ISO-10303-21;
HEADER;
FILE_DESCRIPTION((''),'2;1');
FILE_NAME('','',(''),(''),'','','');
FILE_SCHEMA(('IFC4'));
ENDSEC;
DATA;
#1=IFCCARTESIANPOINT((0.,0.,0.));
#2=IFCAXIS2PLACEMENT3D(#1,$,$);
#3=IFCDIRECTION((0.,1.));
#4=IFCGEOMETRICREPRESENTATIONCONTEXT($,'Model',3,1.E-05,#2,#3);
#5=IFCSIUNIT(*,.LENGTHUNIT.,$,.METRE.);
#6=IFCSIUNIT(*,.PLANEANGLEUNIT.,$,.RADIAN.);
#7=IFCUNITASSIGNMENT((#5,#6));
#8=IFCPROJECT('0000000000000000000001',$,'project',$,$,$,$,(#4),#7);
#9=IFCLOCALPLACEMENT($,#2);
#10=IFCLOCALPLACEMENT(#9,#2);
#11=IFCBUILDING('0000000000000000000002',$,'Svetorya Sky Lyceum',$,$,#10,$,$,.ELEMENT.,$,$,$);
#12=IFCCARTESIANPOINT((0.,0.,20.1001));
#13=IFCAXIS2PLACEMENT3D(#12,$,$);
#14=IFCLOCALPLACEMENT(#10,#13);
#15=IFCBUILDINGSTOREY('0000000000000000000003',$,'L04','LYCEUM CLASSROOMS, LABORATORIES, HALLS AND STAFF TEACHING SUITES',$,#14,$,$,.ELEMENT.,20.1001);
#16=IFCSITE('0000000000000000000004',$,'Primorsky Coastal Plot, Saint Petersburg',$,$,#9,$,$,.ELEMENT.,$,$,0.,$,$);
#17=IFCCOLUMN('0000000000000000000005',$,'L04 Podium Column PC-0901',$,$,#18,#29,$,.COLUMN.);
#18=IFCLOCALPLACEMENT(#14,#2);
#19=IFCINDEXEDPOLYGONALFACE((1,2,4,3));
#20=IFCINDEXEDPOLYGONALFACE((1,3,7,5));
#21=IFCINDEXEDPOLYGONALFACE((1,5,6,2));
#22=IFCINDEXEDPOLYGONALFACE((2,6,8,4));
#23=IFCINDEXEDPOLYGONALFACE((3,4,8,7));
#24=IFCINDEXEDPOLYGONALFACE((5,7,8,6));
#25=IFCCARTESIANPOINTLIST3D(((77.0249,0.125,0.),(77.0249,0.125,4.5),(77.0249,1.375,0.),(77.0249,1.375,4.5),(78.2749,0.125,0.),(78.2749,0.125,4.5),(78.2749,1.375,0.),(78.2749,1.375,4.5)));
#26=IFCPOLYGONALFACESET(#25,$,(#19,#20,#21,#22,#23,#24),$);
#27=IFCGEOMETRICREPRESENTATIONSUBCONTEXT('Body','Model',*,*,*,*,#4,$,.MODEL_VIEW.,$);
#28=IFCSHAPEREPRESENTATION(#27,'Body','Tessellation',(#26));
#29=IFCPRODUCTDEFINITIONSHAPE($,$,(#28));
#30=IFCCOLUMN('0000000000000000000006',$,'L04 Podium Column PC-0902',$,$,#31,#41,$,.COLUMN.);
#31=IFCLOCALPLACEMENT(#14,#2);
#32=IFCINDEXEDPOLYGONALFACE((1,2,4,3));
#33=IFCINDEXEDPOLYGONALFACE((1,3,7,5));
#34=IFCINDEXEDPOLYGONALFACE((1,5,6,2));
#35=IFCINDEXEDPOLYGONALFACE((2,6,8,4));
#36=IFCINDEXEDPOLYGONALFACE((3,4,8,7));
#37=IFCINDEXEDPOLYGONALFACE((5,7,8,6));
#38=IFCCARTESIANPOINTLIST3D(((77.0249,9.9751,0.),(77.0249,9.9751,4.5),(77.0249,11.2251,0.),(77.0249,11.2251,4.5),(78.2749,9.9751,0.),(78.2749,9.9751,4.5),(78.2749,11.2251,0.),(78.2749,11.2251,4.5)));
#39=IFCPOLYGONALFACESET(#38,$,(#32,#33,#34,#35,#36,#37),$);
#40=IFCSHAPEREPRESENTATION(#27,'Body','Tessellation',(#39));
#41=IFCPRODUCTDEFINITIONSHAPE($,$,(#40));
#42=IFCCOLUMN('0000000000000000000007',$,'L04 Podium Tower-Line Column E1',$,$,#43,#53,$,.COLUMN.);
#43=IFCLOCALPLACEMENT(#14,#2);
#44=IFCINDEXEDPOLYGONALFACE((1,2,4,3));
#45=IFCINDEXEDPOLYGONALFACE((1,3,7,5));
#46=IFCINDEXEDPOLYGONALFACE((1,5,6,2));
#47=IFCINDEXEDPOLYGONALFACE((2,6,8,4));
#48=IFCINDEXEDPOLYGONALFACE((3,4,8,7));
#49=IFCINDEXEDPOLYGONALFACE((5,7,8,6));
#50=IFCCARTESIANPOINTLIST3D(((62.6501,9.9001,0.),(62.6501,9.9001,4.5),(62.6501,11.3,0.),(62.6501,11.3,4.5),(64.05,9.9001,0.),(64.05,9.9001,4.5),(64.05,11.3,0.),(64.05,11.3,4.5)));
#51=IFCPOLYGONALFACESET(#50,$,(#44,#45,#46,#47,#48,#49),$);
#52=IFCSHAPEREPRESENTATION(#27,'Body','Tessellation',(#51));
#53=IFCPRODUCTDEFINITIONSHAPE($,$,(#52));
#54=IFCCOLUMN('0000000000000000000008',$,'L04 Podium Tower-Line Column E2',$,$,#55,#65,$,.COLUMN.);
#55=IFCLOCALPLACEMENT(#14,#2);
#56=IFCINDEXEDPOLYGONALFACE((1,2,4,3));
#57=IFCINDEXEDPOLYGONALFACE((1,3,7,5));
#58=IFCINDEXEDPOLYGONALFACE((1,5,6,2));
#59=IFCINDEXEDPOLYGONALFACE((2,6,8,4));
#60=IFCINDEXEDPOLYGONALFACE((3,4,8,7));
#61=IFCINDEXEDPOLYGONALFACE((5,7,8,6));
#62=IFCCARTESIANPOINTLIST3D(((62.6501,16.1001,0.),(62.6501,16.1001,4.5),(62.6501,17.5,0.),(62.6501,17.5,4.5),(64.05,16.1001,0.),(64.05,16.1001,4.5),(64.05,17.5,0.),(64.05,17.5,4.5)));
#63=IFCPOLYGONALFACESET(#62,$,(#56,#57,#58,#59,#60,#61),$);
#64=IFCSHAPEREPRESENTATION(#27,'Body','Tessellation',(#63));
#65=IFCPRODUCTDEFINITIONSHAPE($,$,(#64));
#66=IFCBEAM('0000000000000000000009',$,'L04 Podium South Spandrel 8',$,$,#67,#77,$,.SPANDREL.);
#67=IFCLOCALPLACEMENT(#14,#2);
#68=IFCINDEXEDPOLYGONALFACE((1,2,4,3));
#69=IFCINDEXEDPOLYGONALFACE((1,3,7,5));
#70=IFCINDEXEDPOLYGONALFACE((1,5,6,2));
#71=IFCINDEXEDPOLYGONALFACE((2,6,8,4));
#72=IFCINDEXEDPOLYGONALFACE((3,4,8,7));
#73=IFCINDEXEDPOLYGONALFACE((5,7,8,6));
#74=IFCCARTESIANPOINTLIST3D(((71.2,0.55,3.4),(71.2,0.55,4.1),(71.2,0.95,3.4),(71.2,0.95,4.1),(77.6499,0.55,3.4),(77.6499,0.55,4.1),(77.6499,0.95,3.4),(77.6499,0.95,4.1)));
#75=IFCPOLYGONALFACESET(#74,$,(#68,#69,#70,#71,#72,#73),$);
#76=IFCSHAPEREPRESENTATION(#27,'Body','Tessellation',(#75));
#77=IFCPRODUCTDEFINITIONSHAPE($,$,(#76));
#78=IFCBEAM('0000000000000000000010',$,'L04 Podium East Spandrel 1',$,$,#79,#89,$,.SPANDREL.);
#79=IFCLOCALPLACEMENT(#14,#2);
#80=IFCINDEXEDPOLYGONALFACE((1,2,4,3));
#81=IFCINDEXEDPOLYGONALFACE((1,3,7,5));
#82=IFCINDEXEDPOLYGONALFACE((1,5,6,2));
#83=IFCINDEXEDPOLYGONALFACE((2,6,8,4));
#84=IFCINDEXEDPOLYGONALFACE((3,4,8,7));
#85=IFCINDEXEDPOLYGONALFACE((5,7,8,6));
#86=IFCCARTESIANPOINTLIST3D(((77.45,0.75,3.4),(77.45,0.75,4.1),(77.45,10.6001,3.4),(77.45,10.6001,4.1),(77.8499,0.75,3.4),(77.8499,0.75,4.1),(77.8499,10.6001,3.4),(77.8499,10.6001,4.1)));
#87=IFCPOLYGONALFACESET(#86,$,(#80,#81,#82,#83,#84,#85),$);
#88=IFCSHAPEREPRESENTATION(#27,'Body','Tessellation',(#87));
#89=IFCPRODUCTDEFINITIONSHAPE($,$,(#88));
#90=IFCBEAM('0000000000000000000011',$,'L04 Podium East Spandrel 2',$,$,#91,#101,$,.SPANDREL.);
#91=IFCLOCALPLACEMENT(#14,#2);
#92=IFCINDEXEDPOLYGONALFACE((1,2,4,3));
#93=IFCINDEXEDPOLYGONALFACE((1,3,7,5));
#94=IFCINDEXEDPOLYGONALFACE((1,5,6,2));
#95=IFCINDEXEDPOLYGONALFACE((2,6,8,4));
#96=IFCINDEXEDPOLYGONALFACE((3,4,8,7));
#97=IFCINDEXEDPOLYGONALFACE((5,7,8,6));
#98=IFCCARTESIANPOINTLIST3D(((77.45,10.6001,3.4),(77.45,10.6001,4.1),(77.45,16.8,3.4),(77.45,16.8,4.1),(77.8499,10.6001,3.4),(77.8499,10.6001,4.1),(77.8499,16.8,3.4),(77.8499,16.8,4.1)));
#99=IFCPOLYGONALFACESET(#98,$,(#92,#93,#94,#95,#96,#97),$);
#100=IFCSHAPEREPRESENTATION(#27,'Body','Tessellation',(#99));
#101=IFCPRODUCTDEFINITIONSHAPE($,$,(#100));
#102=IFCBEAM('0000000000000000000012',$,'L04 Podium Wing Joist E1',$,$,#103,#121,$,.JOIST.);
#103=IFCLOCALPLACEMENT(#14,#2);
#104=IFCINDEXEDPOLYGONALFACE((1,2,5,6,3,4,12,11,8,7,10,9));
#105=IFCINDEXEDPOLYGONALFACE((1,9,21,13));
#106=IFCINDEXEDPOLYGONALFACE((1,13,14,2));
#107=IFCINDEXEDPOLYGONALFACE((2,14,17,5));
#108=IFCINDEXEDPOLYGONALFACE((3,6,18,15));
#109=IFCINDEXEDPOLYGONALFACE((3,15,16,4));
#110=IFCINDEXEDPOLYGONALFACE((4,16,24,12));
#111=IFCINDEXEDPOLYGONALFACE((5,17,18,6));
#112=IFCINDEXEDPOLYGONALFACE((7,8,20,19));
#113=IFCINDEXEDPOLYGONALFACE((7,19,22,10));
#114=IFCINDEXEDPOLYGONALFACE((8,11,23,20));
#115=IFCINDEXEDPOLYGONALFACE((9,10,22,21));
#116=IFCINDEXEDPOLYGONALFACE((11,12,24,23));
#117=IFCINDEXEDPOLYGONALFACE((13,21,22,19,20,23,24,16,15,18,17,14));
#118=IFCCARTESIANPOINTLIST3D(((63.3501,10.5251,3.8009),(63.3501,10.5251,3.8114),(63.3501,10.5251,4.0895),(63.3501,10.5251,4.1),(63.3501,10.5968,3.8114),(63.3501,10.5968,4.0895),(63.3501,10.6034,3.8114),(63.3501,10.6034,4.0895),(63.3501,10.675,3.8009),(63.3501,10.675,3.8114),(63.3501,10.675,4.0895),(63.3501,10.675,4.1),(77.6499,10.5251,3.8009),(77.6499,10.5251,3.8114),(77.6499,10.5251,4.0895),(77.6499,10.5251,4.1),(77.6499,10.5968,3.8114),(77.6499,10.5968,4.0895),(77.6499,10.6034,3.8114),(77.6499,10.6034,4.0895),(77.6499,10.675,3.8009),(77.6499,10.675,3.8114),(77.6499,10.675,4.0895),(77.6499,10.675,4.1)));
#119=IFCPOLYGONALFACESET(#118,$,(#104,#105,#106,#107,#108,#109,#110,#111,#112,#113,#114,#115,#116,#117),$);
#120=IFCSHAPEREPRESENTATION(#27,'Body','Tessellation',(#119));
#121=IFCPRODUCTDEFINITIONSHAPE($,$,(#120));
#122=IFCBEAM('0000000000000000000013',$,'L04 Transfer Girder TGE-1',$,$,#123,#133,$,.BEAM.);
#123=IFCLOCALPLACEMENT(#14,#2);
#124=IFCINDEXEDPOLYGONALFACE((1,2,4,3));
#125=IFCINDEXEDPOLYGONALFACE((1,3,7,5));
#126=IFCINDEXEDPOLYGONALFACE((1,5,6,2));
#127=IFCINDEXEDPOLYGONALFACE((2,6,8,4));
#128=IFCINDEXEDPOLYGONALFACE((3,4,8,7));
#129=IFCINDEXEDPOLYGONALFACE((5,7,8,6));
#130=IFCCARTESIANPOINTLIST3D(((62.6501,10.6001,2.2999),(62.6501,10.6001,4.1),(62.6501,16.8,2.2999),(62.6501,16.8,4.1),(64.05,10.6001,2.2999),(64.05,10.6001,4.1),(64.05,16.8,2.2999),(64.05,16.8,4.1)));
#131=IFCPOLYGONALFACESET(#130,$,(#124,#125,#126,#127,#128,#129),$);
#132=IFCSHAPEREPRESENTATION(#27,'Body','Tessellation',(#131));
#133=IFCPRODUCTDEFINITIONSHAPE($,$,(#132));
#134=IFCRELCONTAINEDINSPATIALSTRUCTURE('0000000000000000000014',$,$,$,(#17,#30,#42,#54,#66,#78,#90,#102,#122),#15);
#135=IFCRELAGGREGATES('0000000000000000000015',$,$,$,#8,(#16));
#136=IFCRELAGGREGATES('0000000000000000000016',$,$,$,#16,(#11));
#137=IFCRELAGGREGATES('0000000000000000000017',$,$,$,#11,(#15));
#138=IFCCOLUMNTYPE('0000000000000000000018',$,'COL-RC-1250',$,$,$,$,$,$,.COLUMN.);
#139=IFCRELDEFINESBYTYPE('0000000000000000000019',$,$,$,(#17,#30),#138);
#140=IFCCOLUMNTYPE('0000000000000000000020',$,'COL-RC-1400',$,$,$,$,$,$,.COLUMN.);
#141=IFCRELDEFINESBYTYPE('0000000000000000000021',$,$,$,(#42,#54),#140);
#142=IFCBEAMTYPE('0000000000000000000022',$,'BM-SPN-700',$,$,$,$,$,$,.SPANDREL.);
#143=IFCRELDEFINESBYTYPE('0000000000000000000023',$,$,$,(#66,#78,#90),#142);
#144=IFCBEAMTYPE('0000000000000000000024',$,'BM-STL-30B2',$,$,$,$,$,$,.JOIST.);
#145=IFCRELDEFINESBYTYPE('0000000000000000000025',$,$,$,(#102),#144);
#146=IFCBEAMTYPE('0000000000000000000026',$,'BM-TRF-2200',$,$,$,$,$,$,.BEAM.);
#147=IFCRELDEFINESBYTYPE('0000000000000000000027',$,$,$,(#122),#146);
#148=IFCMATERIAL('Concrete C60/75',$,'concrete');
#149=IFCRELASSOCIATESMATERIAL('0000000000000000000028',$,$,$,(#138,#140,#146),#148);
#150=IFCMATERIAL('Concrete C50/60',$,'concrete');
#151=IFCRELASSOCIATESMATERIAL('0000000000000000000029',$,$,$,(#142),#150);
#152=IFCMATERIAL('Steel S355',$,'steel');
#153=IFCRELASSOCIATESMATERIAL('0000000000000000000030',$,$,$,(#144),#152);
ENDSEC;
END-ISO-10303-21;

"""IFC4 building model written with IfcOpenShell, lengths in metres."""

from ifc_helpers import new_model, si_unit, direction, frame, origin, origin_2d, place, context, subcontext, project, spatial, rectangle, i_section, extrude, material, material_profile, profile_set, type_object, element, save


model = new_model("IFC4")

# Units and contexts
model_context = context("Model", 3, precision=1e-05, world=origin(), true_north=direction((0.0, 1.0)))
body_context = subcontext(model_context, "Body", "Model", "MODEL_VIEW")
ifc_project = project(units=[si_unit("LENGTHUNIT", "METRE"), si_unit("PLANEANGLEUNIT", "RADIAN")], contexts=[model_context])

# Site, building, storey
site_placement = place(None, origin())
site = spatial("IfcSite", under=ifc_project, at=site_placement, Name="Primorsky Coastal Plot, Saint Petersburg", CompositionType="ELEMENT", RefElevation=0.0)
building_placement = place(site_placement, origin())
building = spatial("IfcBuilding", under=site, at=building_placement, Name="Svetorya Sky Lyceum", CompositionType="ELEMENT")
storey_placement = place(building_placement, frame((0.0, 0.0, 20.1001)))
storey = spatial("IfcBuildingStorey", under=building, at=storey_placement, Name="L04", Description="LYCEUM CLASSROOMS, LABORATORIES, HALLS AND STAFF TEACHING SUITES", CompositionType="ELEMENT", Elevation=20.1001)

# Columns
ifc_material_1 = material(Name="Concrete C60/75", Category="concrete")
ifc_material_profile_1 = material_profile(ifc_material_1, rectangle(XDim=1.25, YDim=1.25, at=origin_2d()), Name="RC COL 1250x1250")
ifc_profile_set_1 = profile_set([ifc_material_profile_1], Name="Concrete C60/75")
column_type_1 = type_object("IfcColumnType", Name="COL-RC-1250", PredefinedType="COLUMN", material=ifc_profile_set_1)
for number, where, z_axis, x_axis, name in (
    (1, (77.6499, 0.75, 0.0), (0.0, 0.0, 1.0), (1.0, 0.0, 0.0), "L04 Podium Column PC-0901"),
    (2, (77.6499, 10.6001, 0.0), (0.0, 0.0, 1.0), (1.0, 0.0, 0.0), "L04 Podium Column PC-0902"),
):
    element("IfcColumn", number, at=place(storey_placement, frame(where, z_axis=z_axis, x_axis=x_axis)), inside=storey, type_object=column_type_1, Name=name, PredefinedType="COLUMN", context=body_context, shape_type="SweptSolid", body=[
        extrude(rectangle(XDim=1.25, YDim=1.25, at=origin_2d()), origin(), (0.0, 0.0, 1.0), 4.5),
    ])
ifc_material_profile_2 = material_profile(ifc_material_1, rectangle(XDim=1.3999, YDim=1.3999, at=origin_2d()), Name="RC COL 1400x1400")
ifc_profile_set_2 = profile_set([ifc_material_profile_2], Name="Concrete C60/75")
column_type_2 = type_object("IfcColumnType", Name="COL-RC-1400", PredefinedType="COLUMN", material=ifc_profile_set_2)
for number, where, z_axis, x_axis, name in (
    (3, (63.3501, 10.6001, 0.0), (0.0, 0.0, 1.0), (1.0, 0.0, 0.0), "L04 Podium Tower-Line Column E1"),
    (4, (63.3501, 16.8, 0.0), (0.0, 0.0, 1.0), (1.0, 0.0, 0.0), "L04 Podium Tower-Line Column E2"),
):
    element("IfcColumn", number, at=place(storey_placement, frame(where, z_axis=z_axis, x_axis=x_axis)), inside=storey, type_object=column_type_2, Name=name, PredefinedType="COLUMN", context=body_context, shape_type="SweptSolid", body=[
        extrude(rectangle(XDim=1.3999, YDim=1.3999, at=origin_2d()), origin(), (0.0, 0.0, 1.0), 4.5),
    ])

# Beams
ifc_material_2 = material(Name="Concrete C50/60", Category="concrete")
ifc_material_profile_3 = material_profile(ifc_material_2, rectangle(XDim=0.3999, YDim=0.7, at=origin_2d()), Name="RC SPANDREL 400x700")
ifc_profile_set_3 = profile_set([ifc_material_profile_3], Name="Concrete C50/60")
beam_type_1 = type_object("IfcBeamType", Name="BM-SPN-700", PredefinedType="SPANDREL", material=ifc_profile_set_3)
beam_1_placement = place(storey_placement, frame((71.2, 0.75, 3.75), z_axis=(1.0, 0.0, 0.0), x_axis=(0.0, 1.0, 0.0)))
element("IfcBeam", 5, at=beam_1_placement, inside=storey, type_object=beam_type_1, Name="L04 Podium South Spandrel 8", PredefinedType="SPANDREL", context=body_context, shape_type="SweptSolid", body=[
    extrude(rectangle(XDim=0.3999, YDim=0.7, at=origin_2d()), origin(), (0.0, 0.0, 1.0), 6.45),
])
beam_2_placement = place(storey_placement, frame((77.6499, 0.75, 3.75), z_axis=(0.0, 1.0, 0.0), x_axis=(-1.0, 0.0, 0.0)))
element("IfcBeam", 6, at=beam_2_placement, inside=storey, type_object=beam_type_1, Name="L04 Podium East Spandrel 1", PredefinedType="SPANDREL", context=body_context, shape_type="SweptSolid", body=[
    extrude(rectangle(XDim=0.3999, YDim=0.7, at=origin_2d()), origin(), (0.0, 0.0, 1.0), 9.8501),
])
beam_3_placement = place(storey_placement, frame((77.6499, 10.6001, 3.75), z_axis=(0.0, 1.0, 0.0), x_axis=(-1.0, 0.0, 0.0)))
element("IfcBeam", 7, at=beam_3_placement, inside=storey, type_object=beam_type_1, Name="L04 Podium East Spandrel 2", PredefinedType="SPANDREL", context=body_context, shape_type="SweptSolid", body=[
    extrude(rectangle(XDim=0.3999, YDim=0.7, at=origin_2d()), origin(), (0.0, 0.0, 1.0), 6.2),
])
ifc_material_3 = material(Name="Steel S355", Category="steel")
ifc_material_profile_4 = material_profile(ifc_material_3, i_section(OverallWidth=0.1499, OverallDepth=0.2991, WebThickness=0.0066, FlangeThickness=0.0105, at=origin_2d()), Name="GOST 30B2")
ifc_profile_set_4 = profile_set([ifc_material_profile_4], Name="Steel S355")
beam_type_2 = type_object("IfcBeamType", Name="BM-STL-30B2", PredefinedType="JOIST", material=ifc_profile_set_4)
beam_4_placement = place(storey_placement, frame((63.3501, 10.6001, 3.9504), z_axis=(1.0, 0.0, 0.0), x_axis=(0.0, 1.0, 0.0)))
element("IfcBeam", 8, at=beam_4_placement, inside=storey, type_object=beam_type_2, Name="L04 Podium Wing Joist E1", PredefinedType="JOIST", context=body_context, shape_type="SweptSolid", body=[
    extrude(i_section(OverallWidth=0.1499, OverallDepth=0.2991, WebThickness=0.0066, FlangeThickness=0.0105, at=origin_2d()), origin(), (0.0, 0.0, 1.0), 14.2998),
])
ifc_material_profile_5 = material_profile(ifc_material_1, rectangle(XDim=1.3999, YDim=1.8, at=origin_2d()), Name="RC TRANSFER 1400x1800")
ifc_profile_set_5 = profile_set([ifc_material_profile_5], Name="Concrete C60/75")
beam_type_3 = type_object("IfcBeamType", Name="BM-TRF-2200", PredefinedType="BEAM", material=ifc_profile_set_5)
beam_5_placement = place(storey_placement, frame((63.3501, 10.6001, 3.2), z_axis=(0.0, 1.0, 0.0), x_axis=(-1.0, 0.0, 0.0)))
element("IfcBeam", 9, at=beam_5_placement, inside=storey, type_object=beam_type_3, Name="L04 Transfer Girder TGE-1", PredefinedType="BEAM", context=body_context, shape_type="SweptSolid", body=[
    extrude(rectangle(XDim=1.3999, YDim=1.8, at=origin_2d()), origin(), (0.0, 0.0, 1.0), 6.2),
])

save(model, "model.ifc")
